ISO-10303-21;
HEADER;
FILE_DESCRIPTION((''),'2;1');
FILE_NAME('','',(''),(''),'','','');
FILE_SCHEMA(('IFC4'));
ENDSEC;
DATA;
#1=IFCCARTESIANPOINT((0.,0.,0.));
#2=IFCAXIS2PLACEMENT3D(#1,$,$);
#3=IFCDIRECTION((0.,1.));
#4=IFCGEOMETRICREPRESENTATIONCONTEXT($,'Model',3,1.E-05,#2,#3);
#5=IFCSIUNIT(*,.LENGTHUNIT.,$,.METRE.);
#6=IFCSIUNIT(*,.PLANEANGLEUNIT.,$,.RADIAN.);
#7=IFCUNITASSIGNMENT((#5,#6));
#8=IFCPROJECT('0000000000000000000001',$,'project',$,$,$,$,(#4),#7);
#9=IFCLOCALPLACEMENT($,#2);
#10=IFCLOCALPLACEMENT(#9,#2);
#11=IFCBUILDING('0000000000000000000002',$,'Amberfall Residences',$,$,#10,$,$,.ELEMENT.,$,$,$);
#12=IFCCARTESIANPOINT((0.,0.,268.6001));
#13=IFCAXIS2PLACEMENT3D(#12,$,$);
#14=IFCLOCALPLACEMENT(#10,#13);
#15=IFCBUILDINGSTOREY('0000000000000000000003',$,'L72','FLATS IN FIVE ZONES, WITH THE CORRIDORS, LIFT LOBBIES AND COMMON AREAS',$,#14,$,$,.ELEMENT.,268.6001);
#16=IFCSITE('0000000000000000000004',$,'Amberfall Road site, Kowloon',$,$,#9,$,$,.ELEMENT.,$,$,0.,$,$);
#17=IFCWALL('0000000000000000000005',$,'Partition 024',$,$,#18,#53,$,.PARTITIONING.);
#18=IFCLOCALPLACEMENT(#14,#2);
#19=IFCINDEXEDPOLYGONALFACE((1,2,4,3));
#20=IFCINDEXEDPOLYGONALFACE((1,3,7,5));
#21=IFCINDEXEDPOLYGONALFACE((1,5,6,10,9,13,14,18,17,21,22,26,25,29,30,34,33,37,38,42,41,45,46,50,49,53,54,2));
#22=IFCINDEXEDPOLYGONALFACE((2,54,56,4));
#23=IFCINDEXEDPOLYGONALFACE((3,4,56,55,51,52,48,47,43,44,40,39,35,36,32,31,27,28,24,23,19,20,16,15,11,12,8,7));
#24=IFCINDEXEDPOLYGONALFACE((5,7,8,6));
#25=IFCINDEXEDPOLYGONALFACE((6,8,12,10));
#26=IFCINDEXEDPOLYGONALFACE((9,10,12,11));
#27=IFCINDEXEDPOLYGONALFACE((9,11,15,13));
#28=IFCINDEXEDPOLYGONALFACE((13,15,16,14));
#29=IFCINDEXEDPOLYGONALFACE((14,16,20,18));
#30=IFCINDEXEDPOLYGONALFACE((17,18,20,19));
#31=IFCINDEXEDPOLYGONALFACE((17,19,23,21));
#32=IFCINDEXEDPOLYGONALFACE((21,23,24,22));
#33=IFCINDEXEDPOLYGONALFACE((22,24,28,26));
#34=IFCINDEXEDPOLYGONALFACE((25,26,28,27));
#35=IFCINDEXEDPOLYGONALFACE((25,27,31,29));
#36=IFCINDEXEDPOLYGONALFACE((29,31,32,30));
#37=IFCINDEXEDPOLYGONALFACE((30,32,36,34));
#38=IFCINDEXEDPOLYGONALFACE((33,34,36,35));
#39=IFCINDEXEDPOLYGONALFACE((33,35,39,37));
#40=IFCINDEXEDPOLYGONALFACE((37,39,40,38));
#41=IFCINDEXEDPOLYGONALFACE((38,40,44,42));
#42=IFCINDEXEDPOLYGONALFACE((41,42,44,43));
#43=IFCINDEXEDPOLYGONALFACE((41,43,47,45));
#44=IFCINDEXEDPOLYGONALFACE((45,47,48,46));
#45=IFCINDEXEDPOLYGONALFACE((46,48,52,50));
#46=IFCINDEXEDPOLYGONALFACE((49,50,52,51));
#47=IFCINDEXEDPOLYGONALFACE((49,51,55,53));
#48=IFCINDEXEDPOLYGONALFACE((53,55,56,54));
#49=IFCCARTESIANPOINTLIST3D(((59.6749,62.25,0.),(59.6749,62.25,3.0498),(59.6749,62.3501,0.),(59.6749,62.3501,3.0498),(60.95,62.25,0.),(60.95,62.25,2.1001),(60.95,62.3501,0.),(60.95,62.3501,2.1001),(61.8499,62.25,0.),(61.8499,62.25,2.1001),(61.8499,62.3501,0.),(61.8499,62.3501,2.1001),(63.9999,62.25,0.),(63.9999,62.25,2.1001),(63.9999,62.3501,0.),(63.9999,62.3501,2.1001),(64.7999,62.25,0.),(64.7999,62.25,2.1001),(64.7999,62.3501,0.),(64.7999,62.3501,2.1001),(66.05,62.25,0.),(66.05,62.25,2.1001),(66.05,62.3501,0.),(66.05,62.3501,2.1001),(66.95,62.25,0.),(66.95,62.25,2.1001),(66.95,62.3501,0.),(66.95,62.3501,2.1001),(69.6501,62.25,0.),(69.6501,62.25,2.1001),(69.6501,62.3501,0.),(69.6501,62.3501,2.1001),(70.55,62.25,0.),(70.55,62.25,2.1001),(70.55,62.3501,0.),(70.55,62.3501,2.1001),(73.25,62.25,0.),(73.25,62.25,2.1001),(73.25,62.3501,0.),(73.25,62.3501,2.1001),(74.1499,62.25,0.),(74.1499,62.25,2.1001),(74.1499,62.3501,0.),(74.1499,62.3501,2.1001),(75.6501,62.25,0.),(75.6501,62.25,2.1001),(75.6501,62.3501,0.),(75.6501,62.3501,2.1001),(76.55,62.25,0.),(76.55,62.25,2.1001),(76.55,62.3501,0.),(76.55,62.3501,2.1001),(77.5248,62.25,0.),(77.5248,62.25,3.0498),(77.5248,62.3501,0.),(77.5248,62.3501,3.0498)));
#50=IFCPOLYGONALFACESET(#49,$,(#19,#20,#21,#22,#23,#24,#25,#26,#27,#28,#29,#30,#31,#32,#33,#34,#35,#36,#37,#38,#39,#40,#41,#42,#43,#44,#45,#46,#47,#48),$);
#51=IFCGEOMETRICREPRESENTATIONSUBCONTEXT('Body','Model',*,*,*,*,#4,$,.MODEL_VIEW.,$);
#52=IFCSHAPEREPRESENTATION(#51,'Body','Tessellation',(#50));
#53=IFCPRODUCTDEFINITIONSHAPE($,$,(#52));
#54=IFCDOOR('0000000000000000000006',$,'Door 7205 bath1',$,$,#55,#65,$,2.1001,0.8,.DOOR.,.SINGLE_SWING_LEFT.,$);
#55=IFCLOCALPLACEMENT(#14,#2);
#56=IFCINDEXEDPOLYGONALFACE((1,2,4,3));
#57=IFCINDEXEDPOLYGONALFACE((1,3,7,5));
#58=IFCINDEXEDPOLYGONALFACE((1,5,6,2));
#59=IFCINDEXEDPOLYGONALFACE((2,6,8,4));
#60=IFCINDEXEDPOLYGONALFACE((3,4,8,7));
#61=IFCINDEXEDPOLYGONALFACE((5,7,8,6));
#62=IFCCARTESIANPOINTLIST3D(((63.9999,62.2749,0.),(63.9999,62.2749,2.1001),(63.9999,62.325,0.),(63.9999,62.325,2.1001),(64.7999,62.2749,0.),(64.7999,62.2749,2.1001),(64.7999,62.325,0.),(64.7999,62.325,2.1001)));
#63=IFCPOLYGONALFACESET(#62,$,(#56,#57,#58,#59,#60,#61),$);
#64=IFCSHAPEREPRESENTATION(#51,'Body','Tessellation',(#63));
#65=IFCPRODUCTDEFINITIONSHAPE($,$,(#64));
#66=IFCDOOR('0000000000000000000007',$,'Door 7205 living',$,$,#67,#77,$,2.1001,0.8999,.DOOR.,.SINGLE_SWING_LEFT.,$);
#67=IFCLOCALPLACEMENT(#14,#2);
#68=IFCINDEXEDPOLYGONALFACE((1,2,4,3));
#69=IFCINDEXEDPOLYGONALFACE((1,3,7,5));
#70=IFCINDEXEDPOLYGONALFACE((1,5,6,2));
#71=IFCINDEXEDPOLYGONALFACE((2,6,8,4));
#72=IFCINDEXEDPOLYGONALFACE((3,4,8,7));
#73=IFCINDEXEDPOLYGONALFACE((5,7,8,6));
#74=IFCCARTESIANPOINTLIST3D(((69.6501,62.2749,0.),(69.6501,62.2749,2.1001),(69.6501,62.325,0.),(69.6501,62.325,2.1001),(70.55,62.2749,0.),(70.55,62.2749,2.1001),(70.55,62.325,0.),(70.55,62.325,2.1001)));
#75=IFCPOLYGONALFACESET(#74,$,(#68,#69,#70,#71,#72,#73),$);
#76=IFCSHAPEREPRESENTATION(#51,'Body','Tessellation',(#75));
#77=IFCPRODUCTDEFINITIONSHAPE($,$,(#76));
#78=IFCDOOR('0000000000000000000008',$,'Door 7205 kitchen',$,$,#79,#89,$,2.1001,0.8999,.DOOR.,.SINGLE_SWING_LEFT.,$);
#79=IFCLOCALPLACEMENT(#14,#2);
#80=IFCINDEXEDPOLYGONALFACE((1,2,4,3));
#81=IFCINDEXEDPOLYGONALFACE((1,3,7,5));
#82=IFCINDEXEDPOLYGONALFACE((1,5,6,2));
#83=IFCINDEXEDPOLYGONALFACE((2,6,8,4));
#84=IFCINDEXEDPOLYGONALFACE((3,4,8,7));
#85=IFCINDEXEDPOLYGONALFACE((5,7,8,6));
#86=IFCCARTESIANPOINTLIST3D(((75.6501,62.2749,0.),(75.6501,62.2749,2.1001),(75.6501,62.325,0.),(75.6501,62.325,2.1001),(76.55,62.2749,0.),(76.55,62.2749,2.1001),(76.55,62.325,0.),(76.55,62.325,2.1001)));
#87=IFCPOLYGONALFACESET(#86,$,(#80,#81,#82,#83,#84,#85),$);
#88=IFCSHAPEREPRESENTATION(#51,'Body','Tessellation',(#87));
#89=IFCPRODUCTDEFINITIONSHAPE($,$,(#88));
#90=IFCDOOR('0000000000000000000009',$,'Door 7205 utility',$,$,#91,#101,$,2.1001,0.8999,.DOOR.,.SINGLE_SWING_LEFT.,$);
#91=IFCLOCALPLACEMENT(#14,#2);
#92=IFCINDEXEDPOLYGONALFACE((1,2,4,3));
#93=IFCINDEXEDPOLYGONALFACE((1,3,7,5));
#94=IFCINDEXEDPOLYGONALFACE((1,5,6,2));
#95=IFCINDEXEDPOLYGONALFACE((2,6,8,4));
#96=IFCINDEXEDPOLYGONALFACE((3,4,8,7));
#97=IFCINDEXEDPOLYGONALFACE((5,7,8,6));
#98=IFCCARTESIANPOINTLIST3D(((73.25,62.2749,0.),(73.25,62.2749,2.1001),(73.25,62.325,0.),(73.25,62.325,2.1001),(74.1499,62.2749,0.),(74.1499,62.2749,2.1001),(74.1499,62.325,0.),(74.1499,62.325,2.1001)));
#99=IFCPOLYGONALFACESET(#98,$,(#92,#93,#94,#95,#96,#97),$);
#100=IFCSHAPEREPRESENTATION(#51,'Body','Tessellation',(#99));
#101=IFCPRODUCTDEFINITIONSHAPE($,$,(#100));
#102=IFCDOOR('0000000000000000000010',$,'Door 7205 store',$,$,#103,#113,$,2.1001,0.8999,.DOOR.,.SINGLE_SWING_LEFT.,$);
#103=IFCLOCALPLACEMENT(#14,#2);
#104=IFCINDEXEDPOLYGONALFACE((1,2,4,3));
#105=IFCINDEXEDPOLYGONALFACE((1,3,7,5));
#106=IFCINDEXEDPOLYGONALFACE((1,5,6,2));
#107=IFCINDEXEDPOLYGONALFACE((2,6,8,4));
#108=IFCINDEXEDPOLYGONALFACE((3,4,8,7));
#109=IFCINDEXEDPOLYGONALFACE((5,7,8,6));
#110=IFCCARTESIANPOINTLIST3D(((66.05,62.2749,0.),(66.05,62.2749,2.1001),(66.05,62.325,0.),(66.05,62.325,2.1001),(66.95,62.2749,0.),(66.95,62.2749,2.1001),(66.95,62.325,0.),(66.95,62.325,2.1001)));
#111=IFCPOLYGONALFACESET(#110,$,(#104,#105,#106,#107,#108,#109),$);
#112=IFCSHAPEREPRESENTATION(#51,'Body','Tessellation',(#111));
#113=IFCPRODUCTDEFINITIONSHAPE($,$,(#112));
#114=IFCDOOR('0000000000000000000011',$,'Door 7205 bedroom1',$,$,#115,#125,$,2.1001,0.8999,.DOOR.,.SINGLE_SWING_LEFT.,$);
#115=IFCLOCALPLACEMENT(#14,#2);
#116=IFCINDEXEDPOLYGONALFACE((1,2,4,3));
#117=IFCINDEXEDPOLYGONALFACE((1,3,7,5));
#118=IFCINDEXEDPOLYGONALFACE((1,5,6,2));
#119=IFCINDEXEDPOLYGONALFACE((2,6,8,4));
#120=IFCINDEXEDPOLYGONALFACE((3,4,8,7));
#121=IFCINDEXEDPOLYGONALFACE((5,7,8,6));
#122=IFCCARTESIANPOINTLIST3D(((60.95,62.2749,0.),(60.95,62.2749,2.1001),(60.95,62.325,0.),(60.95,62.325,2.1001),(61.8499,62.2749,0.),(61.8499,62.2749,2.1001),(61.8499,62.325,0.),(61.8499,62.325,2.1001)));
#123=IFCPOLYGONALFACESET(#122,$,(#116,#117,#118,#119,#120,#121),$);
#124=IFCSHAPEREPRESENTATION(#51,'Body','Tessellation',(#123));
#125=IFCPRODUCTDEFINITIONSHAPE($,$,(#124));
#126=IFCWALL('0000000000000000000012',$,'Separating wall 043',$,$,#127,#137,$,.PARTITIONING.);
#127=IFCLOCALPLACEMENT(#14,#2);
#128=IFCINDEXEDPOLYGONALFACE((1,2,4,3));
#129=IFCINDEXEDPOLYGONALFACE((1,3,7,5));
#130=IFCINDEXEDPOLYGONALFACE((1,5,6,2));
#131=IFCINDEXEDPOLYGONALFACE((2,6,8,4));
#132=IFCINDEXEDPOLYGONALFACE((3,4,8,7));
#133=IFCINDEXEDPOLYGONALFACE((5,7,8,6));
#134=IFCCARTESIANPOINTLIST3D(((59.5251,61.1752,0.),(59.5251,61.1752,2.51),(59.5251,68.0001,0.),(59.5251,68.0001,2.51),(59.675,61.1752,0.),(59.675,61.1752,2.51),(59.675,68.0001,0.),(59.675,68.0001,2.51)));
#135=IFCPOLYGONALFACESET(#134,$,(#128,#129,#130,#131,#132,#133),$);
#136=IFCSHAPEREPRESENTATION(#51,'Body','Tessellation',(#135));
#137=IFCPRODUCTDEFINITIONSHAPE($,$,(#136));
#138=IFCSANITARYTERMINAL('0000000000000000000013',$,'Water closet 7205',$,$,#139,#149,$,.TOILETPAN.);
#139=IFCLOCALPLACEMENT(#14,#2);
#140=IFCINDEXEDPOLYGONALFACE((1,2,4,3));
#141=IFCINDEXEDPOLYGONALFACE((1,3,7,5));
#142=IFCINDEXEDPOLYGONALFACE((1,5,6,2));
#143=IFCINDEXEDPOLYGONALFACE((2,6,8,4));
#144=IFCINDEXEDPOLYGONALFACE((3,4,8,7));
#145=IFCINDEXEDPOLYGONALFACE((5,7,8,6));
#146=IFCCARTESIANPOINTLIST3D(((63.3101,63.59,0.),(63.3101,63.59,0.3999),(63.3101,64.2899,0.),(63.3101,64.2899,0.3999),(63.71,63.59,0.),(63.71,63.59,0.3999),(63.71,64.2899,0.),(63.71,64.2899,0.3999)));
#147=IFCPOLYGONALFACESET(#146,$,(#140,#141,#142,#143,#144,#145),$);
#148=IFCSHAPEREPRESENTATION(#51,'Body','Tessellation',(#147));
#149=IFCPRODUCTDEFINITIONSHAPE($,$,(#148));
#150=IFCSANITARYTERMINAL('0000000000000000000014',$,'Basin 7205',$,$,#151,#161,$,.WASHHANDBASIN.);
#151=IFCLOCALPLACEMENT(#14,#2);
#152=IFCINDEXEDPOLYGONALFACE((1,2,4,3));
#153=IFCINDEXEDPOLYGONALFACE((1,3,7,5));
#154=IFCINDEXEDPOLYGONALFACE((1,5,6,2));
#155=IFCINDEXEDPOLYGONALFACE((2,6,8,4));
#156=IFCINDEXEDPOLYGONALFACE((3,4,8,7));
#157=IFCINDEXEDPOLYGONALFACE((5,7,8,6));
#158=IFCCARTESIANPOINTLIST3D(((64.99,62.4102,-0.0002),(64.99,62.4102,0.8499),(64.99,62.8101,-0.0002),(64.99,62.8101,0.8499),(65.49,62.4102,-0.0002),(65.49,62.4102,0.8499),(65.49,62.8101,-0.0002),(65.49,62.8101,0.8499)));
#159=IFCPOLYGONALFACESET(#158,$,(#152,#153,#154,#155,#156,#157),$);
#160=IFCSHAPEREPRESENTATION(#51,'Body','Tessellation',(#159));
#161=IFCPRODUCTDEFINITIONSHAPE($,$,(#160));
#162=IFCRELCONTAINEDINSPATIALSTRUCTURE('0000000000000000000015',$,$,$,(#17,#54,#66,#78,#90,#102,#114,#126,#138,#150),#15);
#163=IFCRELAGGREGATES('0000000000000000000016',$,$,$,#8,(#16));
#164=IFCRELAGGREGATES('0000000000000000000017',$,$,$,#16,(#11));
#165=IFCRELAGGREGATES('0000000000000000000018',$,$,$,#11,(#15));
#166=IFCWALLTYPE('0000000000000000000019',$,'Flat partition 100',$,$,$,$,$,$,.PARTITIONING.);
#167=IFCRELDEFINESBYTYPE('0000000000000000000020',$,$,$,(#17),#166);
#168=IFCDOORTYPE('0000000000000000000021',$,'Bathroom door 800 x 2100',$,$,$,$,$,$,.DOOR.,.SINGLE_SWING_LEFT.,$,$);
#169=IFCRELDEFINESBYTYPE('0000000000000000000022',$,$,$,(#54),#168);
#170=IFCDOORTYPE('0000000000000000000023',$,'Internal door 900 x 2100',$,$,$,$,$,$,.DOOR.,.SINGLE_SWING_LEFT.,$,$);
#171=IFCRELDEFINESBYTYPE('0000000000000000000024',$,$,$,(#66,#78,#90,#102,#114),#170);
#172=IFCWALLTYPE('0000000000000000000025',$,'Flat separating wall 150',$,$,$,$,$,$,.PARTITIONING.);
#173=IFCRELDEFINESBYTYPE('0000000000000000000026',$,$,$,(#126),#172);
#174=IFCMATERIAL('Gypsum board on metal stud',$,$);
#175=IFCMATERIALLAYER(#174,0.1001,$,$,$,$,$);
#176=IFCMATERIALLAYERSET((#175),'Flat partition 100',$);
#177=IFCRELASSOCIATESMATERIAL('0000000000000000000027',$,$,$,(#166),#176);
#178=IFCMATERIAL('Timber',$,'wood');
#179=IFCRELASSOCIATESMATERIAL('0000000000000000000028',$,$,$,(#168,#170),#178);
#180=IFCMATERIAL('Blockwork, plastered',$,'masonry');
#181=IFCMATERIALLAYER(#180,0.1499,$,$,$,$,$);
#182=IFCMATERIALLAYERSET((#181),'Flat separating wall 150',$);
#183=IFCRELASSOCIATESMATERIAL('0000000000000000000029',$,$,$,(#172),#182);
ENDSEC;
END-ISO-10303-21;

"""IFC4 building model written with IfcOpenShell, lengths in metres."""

from ifc_helpers import new_model, si_unit, direction, frame, frame_2d, origin, origin_2d, place, context, subcontext, project, spatial, rectangle, extrude, material, layer, layer_set, type_object, element, fill, save


model = new_model("IFC4")

# Units and contexts
model_context = context("Model", 3, precision=1e-05, world=origin(), true_north=direction((0.0, 1.0)))
body_context = subcontext(model_context, "Body", "Model", "MODEL_VIEW")
ifc_project = project(units=[si_unit("LENGTHUNIT", "METRE"), si_unit("PLANEANGLEUNIT", "RADIAN")], contexts=[model_context])

# Site, building, storey
site_placement = place(None, origin())
site = spatial("IfcSite", under=ifc_project, at=site_placement, Name="Amberfall Road site, Kowloon", CompositionType="ELEMENT", RefElevation=0.0)
building_placement = place(site_placement, origin())
building = spatial("IfcBuilding", under=site, at=building_placement, Name="Amberfall Residences", CompositionType="ELEMENT")
storey_placement = place(building_placement, frame((0.0, 0.0, 268.6001)))
storey = spatial("IfcBuildingStorey", under=building, at=storey_placement, Name="L72", Description="FLATS IN FIVE ZONES, WITH THE CORRIDORS, LIFT LOBBIES AND COMMON AREAS", CompositionType="ELEMENT", Elevation=268.6001)

# Shared definitions
ifc_material_1 = material(Name="Gypsum board on metal stud")
ifc_layer_1 = layer(ifc_material_1, 0.1001)
ifc_layer_set_1 = layer_set([ifc_layer_1], Name="Flat partition 100")
wall_type_1 = type_object("IfcWallType", Name="Flat partition 100", PredefinedType="PARTITIONING", material=ifc_layer_set_1)

# Wall, openings, doors
wall_1_placement = place(storey_placement, frame((59.675, 62.3, 0.0), z_axis=(0.0, 0.0, 1.0), x_axis=(1.0, 0.0, 0.0)))
wall_1 = element("IfcWall", 1, at=wall_1_placement, inside=storey, type_object=wall_type_1, Name="Partition 024", PredefinedType="PARTITIONING", context=body_context, shape_type="SweptSolid", body=[
    extrude(rectangle(XDim=17.8499, YDim=0.1001, at=frame_2d((8.9248, 0.0))), origin(), (0.0, 0.0, 1.0), 3.0498),
])
opening_1_placement = place(wall_1_placement, frame((9.9751, 0.0, 0.0)))
opening_1 = element("IfcOpeningElement", 2, at=opening_1_placement, cuts=wall_1, PredefinedType="OPENING", context=body_context, shape_type="SweptSolid", body=[
    extrude(rectangle(XDim=0.8999, YDim=2.1001, at=frame_2d((0.45, 1.05))), frame((0.0, 0.0601, 0.0), z_axis=(0.0, -1.0, 0.0), x_axis=(1.0, 0.0, 0.0)), (0.0, 0.0, 1.0), 0.1201),
])
opening_2_placement = place(wall_1_placement, frame((15.9751, 0.0, 0.0)))
opening_2 = element("IfcOpeningElement", 3, at=opening_2_placement, cuts=wall_1, PredefinedType="OPENING", context=body_context, shape_type="SweptSolid", body=[
    extrude(rectangle(XDim=0.8999, YDim=2.1001, at=frame_2d((0.45, 1.05))), frame((0.0, 0.0601, 0.0), z_axis=(0.0, -1.0, 0.0), x_axis=(1.0, 0.0, 0.0)), (0.0, 0.0, 1.0), 0.1201),
])
opening_3_placement = place(wall_1_placement, frame((13.575, 0.0, 0.0)))
opening_3 = element("IfcOpeningElement", 4, at=opening_3_placement, cuts=wall_1, PredefinedType="OPENING", context=body_context, shape_type="SweptSolid", body=[
    extrude(rectangle(XDim=0.8999, YDim=2.1001, at=frame_2d((0.45, 1.05))), frame((0.0, 0.0601, 0.0), z_axis=(0.0, -1.0, 0.0), x_axis=(1.0, 0.0, 0.0)), (0.0, 0.0, 1.0), 0.1201),
])
opening_4_placement = place(wall_1_placement, frame((6.375, 0.0, 0.0)))
opening_4 = element("IfcOpeningElement", 5, at=opening_4_placement, cuts=wall_1, PredefinedType="OPENING", context=body_context, shape_type="SweptSolid", body=[
    extrude(rectangle(XDim=0.8999, YDim=2.1001, at=frame_2d((0.45, 1.05))), frame((0.0, 0.0601, 0.0), z_axis=(0.0, -1.0, 0.0), x_axis=(1.0, 0.0, 0.0)), (0.0, 0.0, 1.0), 0.1201),
])
opening_5_placement = place(wall_1_placement, frame((1.2749, 0.0, 0.0)))
opening_5 = element("IfcOpeningElement", 6, at=opening_5_placement, cuts=wall_1, PredefinedType="OPENING", context=body_context, shape_type="SweptSolid", body=[
    extrude(rectangle(XDim=0.8999, YDim=2.1001, at=frame_2d((0.45, 1.05))), frame((0.0, 0.0601, 0.0), z_axis=(0.0, -1.0, 0.0), x_axis=(1.0, 0.0, 0.0)), (0.0, 0.0, 1.0), 0.1201),
])
opening_6_placement = place(wall_1_placement, frame((4.325, 0.0, 0.0)))
opening_6 = element("IfcOpeningElement", 7, at=opening_6_placement, cuts=wall_1, PredefinedType="OPENING", context=body_context, shape_type="SweptSolid", body=[
    extrude(rectangle(XDim=0.8, YDim=2.1001, at=frame_2d((0.3999, 1.05))), frame((0.0, 0.0601, 0.0), z_axis=(0.0, -1.0, 0.0), x_axis=(1.0, 0.0, 0.0)), (0.0, 0.0, 1.0), 0.1201),
])
ifc_material_2 = material(Name="Timber", Category="wood")
door_type_1 = type_object("IfcDoorType", Name="Bathroom door 800 x 2100", OperationType="SINGLE_SWING_LEFT", PredefinedType="DOOR", material=ifc_material_2)
door_1_placement = place(opening_6_placement, origin())
door_1 = element("IfcDoor", 8, at=door_1_placement, inside=storey, type_object=door_type_1, Name="Door 7205 bath1", OperationType="SINGLE_SWING_LEFT", OverallHeight=2.1001, OverallWidth=0.8, PredefinedType="DOOR", context=body_context, shape_type="SweptSolid", body=[
    extrude(rectangle(XDim=0.8, YDim=2.1001, at=frame_2d((0.3999, 1.05))), frame((0.0, 0.0249, 0.0), z_axis=(0.0, -1.0, 0.0), x_axis=(1.0, 0.0, 0.0)), (0.0, 0.0, 1.0), 0.05),
])
fill(opening_6, door_1)
door_type_2 = type_object("IfcDoorType", Name="Internal door 900 x 2100", OperationType="SINGLE_SWING_LEFT", PredefinedType="DOOR", material=ifc_material_2)
door_2_placement = place(opening_1_placement, origin())
door_2 = element("IfcDoor", 9, at=door_2_placement, inside=storey, type_object=door_type_2, Name="Door 7205 living", OperationType="SINGLE_SWING_LEFT", OverallHeight=2.1001, OverallWidth=0.8999, PredefinedType="DOOR", context=body_context, shape_type="SweptSolid", body=[
    extrude(rectangle(XDim=0.8999, YDim=2.1001, at=frame_2d((0.45, 1.05))), frame((0.0, 0.0249, 0.0), z_axis=(0.0, -1.0, 0.0), x_axis=(1.0, 0.0, 0.0)), (0.0, 0.0, 1.0), 0.05),
])
fill(opening_1, door_2)
door_3_placement = place(opening_2_placement, origin())
door_3 = element("IfcDoor", 10, at=door_3_placement, inside=storey, type_object=door_type_2, Name="Door 7205 kitchen", OperationType="SINGLE_SWING_LEFT", OverallHeight=2.1001, OverallWidth=0.8999, PredefinedType="DOOR", context=body_context, shape_type="SweptSolid", body=[
    extrude(rectangle(XDim=0.8999, YDim=2.1001, at=frame_2d((0.45, 1.05))), frame((0.0, 0.0249, 0.0), z_axis=(0.0, -1.0, 0.0), x_axis=(1.0, 0.0, 0.0)), (0.0, 0.0, 1.0), 0.05),
])
fill(opening_2, door_3)
door_4_placement = place(opening_3_placement, origin())
door_4 = element("IfcDoor", 11, at=door_4_placement, inside=storey, type_object=door_type_2, Name="Door 7205 utility", OperationType="SINGLE_SWING_LEFT", OverallHeight=2.1001, OverallWidth=0.8999, PredefinedType="DOOR", context=body_context, shape_type="SweptSolid", body=[
    extrude(rectangle(XDim=0.8999, YDim=2.1001, at=frame_2d((0.45, 1.05))), frame((0.0, 0.0249, 0.0), z_axis=(0.0, -1.0, 0.0), x_axis=(1.0, 0.0, 0.0)), (0.0, 0.0, 1.0), 0.05),
])
fill(opening_3, door_4)
door_5_placement = place(opening_4_placement, origin())
door_5 = element("IfcDoor", 12, at=door_5_placement, inside=storey, type_object=door_type_2, Name="Door 7205 store", OperationType="SINGLE_SWING_LEFT", OverallHeight=2.1001, OverallWidth=0.8999, PredefinedType="DOOR", context=body_context, shape_type="SweptSolid", body=[
    extrude(rectangle(XDim=0.8999, YDim=2.1001, at=frame_2d((0.45, 1.05))), frame((0.0, 0.0249, 0.0), z_axis=(0.0, -1.0, 0.0), x_axis=(1.0, 0.0, 0.0)), (0.0, 0.0, 1.0), 0.05),
])
fill(opening_4, door_5)
door_6_placement = place(opening_5_placement, origin())
door_6 = element("IfcDoor", 13, at=door_6_placement, inside=storey, type_object=door_type_2, Name="Door 7205 bedroom1", OperationType="SINGLE_SWING_LEFT", OverallHeight=2.1001, OverallWidth=0.8999, PredefinedType="DOOR", context=body_context, shape_type="SweptSolid", body=[
    extrude(rectangle(XDim=0.8999, YDim=2.1001, at=frame_2d((0.45, 1.05))), frame((0.0, 0.0249, 0.0), z_axis=(0.0, -1.0, 0.0), x_axis=(1.0, 0.0, 0.0)), (0.0, 0.0, 1.0), 0.05),
])
fill(opening_5, door_6)

# Wall
ifc_material_3 = material(Name="Blockwork, plastered", Category="masonry")
ifc_layer_2 = layer(ifc_material_3, 0.1499)
ifc_layer_set_2 = layer_set([ifc_layer_2], Name="Flat separating wall 150")
wall_type_2 = type_object("IfcWallType", Name="Flat separating wall 150", PredefinedType="PARTITIONING", material=ifc_layer_set_2)
wall_2_placement = place(storey_placement, frame((59.6001, 61.175, 0.0), z_axis=(0.0, 0.0, 1.0), x_axis=(0.0, 1.0, 0.0)))
element("IfcWall", 14, at=wall_2_placement, inside=storey, type_object=wall_type_2, Name="Separating wall 043", PredefinedType="PARTITIONING", context=body_context, shape_type="SweptSolid", body=[
    extrude(rectangle(XDim=6.825, YDim=0.1499, at=frame_2d((3.4126, 0.0))), origin(), (0.0, 0.0, 1.0), 2.51),
])

# Sanitary terminals
sanitary_terminal_1_placement = place(storey_placement, frame((63.51, 63.9399, 0.0), z_axis=(0.0, 0.0, 1.0), x_axis=(1.0, 0.0, 0.0)))
element("IfcSanitaryTerminal", 15, at=sanitary_terminal_1_placement, inside=storey, Name="Water closet 7205", PredefinedType="TOILETPAN", context=body_context, shape_type="SweptSolid", body=[
    extrude(rectangle(XDim=0.3999, YDim=0.7, at=origin_2d()), origin(), (0.0, 0.0, 1.0), 0.3999),
])
sanitary_terminal_2_placement = place(storey_placement, frame((65.24, 62.6101, -0.0002), z_axis=(0.0, 0.0, 1.0), x_axis=(1.0, 0.0, 0.0)))
element("IfcSanitaryTerminal", 16, at=sanitary_terminal_2_placement, inside=storey, Name="Basin 7205", PredefinedType="WASHHANDBASIN", context=body_context, shape_type="SweptSolid", body=[
    extrude(rectangle(XDim=0.5, YDim=0.3999, at=origin_2d()), origin(), (0.0, 0.0, 1.0), 0.8501),
])

save(model, "model.ifc")
